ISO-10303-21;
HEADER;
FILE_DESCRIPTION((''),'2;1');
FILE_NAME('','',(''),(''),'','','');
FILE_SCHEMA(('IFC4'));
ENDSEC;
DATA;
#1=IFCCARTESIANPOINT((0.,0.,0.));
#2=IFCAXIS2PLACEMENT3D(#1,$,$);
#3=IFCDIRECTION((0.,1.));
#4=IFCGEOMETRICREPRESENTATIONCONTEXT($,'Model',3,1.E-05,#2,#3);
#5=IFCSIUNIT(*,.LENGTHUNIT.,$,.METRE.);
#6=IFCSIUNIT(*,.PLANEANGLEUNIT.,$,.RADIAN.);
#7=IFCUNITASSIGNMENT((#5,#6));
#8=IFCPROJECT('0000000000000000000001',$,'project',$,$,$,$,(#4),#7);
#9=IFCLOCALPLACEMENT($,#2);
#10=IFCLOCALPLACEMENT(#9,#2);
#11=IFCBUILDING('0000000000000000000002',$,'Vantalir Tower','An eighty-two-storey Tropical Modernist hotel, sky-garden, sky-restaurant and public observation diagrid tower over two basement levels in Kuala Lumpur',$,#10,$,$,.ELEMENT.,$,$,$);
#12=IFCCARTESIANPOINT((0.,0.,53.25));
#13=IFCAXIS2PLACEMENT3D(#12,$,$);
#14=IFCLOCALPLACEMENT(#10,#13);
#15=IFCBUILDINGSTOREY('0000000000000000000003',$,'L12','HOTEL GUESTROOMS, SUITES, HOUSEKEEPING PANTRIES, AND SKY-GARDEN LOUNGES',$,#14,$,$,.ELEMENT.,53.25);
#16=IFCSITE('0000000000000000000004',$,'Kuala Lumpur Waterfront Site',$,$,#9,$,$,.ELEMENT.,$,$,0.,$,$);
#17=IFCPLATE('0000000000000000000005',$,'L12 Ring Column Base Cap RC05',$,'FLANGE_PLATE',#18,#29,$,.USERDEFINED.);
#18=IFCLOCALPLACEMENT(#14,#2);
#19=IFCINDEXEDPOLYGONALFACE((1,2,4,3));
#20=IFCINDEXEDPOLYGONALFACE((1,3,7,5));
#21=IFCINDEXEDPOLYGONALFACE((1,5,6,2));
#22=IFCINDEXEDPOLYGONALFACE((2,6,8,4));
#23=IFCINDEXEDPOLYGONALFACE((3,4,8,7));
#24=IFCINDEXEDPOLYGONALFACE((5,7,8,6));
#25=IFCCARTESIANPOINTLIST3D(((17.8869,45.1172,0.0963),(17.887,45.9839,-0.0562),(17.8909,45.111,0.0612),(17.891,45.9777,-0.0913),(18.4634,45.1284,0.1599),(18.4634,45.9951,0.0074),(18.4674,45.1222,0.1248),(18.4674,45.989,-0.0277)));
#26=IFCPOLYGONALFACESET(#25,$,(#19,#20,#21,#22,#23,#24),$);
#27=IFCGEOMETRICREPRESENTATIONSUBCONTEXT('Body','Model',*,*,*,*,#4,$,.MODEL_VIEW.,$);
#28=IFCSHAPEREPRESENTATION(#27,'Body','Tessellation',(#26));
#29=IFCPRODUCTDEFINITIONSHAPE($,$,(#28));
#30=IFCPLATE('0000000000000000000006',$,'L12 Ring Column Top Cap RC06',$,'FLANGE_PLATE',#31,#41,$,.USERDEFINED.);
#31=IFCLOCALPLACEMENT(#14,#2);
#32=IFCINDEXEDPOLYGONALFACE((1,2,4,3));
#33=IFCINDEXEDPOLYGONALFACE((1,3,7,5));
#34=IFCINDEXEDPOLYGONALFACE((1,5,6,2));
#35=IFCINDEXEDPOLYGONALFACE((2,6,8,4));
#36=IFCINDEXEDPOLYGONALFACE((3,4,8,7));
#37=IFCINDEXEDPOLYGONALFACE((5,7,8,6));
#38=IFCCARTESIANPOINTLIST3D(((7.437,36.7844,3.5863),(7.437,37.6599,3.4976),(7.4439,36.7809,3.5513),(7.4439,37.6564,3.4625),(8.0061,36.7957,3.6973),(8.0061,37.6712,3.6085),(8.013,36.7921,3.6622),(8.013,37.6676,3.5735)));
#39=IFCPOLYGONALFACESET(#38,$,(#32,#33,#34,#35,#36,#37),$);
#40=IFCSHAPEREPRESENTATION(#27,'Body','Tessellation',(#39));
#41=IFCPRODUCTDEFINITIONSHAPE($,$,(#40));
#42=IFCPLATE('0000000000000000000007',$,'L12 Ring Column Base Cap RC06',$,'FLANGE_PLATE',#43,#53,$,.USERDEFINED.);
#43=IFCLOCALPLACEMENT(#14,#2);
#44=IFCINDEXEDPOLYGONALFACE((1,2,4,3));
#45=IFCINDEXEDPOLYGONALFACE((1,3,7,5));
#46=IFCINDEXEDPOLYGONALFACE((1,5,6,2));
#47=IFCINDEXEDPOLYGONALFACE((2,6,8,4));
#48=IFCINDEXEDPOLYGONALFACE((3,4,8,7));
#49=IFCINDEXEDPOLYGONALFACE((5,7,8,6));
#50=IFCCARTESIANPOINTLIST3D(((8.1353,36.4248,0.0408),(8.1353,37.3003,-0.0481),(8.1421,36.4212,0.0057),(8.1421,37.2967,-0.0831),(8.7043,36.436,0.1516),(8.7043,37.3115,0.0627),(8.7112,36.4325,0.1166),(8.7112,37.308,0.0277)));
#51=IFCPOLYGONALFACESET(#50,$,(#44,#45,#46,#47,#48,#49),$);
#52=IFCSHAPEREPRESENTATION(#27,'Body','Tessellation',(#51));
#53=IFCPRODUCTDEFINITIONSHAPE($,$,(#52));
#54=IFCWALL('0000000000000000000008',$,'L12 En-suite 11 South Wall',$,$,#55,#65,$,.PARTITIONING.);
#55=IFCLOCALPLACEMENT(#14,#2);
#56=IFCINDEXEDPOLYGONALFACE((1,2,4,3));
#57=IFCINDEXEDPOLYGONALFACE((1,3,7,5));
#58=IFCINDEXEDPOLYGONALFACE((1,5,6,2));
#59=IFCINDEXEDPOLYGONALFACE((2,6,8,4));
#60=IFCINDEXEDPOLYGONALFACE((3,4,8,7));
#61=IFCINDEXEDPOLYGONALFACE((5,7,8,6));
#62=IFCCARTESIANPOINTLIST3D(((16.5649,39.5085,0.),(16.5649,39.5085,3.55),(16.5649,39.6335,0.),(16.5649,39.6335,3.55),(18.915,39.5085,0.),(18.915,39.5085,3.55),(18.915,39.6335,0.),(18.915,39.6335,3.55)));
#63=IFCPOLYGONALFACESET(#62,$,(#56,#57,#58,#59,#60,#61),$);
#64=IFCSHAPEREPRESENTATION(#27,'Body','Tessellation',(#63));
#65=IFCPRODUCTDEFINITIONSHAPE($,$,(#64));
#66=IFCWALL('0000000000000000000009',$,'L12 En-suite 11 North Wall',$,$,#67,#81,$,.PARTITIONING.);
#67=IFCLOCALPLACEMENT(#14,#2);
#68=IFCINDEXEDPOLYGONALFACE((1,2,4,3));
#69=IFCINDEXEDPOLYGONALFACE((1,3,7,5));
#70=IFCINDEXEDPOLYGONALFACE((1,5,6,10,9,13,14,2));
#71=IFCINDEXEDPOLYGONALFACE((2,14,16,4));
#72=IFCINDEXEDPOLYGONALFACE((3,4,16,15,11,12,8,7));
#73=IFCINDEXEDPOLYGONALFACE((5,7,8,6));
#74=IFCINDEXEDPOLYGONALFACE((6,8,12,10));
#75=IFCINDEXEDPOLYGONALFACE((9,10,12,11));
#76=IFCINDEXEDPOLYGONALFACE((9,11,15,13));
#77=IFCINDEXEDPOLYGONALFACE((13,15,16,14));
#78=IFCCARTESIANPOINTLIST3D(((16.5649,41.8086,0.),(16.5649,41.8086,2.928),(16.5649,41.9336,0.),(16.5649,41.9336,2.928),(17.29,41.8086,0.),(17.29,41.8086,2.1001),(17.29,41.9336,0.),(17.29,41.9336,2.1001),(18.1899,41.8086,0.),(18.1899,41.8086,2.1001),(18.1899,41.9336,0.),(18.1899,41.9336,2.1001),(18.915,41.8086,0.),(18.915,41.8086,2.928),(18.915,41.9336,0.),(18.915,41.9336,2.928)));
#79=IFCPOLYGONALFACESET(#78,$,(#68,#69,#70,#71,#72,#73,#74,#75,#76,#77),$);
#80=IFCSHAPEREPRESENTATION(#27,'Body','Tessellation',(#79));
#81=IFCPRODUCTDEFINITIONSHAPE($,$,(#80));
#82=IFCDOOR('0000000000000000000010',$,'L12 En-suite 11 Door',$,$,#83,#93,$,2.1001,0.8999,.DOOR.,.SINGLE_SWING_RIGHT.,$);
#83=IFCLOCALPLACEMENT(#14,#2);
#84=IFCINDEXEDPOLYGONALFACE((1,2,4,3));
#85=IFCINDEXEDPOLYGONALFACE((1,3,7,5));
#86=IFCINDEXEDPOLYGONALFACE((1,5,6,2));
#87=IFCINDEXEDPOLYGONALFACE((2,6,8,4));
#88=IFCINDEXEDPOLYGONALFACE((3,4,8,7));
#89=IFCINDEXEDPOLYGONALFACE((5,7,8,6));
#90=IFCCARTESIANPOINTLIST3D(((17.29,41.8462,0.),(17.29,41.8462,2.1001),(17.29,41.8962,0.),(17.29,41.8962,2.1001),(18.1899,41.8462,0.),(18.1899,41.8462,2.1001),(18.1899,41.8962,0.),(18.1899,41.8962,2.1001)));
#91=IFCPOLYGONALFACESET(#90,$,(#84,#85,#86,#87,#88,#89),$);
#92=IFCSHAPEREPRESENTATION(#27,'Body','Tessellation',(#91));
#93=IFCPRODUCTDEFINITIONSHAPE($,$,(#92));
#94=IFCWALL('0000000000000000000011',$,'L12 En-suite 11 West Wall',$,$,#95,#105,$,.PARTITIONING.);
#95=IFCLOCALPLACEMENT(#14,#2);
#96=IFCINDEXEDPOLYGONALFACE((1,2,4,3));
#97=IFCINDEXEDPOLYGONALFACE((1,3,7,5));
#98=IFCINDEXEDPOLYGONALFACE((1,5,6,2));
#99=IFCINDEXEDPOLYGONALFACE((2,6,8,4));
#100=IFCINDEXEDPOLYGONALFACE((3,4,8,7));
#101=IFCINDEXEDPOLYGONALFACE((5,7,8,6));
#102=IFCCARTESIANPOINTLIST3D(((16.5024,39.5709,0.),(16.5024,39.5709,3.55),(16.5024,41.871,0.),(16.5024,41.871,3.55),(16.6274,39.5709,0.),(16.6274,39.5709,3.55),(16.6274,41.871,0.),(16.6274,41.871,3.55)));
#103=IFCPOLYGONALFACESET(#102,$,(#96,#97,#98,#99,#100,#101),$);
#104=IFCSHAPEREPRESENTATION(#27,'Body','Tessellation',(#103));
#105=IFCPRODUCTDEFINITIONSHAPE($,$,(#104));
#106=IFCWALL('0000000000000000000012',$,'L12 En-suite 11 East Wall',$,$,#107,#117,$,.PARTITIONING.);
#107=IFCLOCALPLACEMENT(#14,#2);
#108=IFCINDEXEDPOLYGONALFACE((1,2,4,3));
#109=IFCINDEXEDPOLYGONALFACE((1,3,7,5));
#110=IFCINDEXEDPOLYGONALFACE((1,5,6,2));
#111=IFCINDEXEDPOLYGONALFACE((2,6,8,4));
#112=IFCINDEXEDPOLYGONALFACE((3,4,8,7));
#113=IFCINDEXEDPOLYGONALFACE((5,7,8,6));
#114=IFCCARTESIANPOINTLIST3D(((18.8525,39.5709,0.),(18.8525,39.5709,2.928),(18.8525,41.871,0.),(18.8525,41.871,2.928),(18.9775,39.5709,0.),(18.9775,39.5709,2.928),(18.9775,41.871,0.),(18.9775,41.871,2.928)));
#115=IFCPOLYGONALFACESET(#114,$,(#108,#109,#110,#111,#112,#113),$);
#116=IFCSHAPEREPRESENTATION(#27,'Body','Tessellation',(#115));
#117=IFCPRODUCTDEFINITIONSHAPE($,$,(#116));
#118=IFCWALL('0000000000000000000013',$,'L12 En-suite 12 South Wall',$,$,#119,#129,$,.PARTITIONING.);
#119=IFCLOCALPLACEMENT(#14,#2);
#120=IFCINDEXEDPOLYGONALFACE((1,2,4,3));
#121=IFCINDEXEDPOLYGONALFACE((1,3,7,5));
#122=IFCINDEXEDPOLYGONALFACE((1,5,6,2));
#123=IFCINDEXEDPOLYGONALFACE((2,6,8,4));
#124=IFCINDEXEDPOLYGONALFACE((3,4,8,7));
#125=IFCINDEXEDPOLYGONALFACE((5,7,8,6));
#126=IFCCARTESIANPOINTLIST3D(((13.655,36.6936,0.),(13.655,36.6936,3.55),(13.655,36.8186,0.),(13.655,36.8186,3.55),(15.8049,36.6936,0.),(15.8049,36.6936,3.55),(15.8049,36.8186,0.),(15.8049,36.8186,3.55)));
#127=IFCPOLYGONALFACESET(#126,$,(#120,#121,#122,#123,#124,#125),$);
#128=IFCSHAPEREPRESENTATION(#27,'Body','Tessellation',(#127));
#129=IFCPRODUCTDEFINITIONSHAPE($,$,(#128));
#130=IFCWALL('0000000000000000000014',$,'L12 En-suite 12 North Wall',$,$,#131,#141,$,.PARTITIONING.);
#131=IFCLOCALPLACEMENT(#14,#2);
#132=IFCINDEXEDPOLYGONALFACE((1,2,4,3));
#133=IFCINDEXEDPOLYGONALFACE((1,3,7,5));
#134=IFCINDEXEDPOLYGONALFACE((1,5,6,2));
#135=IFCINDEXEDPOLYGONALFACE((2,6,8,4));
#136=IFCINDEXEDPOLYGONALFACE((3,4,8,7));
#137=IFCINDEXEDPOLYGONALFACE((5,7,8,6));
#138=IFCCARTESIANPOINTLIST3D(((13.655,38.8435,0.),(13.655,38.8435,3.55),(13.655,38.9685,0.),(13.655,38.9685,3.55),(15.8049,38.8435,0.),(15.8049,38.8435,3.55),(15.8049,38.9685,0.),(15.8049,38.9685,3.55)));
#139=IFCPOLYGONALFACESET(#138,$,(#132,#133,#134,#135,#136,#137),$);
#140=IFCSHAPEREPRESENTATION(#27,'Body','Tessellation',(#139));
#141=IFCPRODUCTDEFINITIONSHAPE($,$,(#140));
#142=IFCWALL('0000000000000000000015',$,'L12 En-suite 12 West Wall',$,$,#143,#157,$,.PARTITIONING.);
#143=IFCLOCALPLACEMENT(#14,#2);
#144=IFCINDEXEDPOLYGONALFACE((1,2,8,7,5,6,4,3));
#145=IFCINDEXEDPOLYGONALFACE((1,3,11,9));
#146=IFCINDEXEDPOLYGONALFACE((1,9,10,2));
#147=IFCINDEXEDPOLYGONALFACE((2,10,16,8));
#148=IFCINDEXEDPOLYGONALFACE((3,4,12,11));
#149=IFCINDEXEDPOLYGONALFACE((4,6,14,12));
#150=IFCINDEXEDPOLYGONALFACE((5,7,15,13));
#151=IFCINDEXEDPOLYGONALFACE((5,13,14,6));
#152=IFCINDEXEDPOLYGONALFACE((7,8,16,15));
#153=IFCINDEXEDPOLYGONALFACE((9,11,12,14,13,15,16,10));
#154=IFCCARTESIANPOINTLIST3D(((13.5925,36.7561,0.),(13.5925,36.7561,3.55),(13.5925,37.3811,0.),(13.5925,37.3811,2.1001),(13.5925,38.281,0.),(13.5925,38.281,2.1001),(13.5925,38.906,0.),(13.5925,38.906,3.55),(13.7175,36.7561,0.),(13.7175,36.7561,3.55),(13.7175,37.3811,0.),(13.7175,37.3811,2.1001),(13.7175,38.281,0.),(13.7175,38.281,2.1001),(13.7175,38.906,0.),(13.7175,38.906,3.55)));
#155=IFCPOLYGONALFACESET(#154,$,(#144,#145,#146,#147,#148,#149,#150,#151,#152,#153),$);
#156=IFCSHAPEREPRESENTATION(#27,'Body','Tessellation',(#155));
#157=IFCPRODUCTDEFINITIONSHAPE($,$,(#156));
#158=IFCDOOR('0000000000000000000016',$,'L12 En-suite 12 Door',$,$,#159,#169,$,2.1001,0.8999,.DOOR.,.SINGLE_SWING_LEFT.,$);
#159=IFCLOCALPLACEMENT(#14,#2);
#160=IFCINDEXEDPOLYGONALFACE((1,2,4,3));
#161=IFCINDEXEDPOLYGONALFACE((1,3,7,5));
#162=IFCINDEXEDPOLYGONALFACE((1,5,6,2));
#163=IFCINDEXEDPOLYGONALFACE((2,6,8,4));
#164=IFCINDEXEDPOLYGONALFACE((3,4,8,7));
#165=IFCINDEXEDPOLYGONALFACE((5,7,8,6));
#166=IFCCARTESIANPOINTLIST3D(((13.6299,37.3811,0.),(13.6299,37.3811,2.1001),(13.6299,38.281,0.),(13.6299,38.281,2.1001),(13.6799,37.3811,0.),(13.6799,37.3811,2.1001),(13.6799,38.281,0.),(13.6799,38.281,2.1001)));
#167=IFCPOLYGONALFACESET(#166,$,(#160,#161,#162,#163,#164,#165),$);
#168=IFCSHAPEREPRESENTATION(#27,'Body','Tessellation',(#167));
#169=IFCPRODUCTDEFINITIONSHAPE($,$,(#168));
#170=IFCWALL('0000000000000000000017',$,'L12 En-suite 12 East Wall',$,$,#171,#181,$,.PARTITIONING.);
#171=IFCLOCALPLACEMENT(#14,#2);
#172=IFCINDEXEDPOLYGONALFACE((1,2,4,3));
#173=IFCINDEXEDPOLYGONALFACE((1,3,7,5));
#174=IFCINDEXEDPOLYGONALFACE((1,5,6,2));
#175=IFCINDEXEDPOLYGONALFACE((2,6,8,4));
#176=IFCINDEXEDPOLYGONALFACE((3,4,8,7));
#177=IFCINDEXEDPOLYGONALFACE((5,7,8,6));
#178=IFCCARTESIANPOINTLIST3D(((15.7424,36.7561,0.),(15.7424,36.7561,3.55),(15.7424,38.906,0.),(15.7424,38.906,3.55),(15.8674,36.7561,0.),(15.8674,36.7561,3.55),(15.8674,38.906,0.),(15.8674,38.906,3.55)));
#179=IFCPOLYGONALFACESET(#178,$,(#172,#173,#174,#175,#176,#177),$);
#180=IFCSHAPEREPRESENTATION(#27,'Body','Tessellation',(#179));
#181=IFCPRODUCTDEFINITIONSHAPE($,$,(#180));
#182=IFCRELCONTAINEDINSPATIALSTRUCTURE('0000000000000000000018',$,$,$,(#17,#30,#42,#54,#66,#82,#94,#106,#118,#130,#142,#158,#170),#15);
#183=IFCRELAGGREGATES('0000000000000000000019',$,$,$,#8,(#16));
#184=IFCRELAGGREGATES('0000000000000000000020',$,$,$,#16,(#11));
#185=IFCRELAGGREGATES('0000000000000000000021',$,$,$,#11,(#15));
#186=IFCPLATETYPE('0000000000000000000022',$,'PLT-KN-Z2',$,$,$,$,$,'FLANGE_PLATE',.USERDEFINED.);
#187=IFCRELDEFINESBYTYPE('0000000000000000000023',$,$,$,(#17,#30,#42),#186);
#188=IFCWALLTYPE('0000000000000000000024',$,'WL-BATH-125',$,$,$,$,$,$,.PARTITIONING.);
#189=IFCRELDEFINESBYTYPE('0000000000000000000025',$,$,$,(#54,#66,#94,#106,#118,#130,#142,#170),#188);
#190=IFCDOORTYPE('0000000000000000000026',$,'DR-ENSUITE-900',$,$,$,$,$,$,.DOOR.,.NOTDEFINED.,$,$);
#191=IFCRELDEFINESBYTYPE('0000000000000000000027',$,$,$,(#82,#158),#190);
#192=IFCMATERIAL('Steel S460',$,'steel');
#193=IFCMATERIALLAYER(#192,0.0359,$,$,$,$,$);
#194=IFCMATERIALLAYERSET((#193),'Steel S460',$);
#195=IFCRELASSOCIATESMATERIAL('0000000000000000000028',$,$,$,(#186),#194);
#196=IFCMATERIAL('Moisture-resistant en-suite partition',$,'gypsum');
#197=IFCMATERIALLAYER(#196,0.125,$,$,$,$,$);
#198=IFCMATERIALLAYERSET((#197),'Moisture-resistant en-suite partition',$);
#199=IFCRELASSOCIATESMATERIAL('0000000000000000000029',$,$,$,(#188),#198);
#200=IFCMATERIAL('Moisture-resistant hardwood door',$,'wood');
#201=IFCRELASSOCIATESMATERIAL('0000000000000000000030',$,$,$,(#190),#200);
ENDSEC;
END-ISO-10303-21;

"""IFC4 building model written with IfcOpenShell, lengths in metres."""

from ifc_helpers import new_model, si_unit, direction, frame, frame_2d, origin, place, context, subcontext, project, spatial, polyline, rectangle, outline, extrude, material, layer, layer_set, type_object, element, fill, save


model = new_model("IFC4")

# Units and contexts
model_context = context("Model", 3, precision=1e-05, world=origin(), true_north=direction((0.0, 1.0)))
body_context = subcontext(model_context, "Body", "Model", "MODEL_VIEW")
ifc_project = project(units=[si_unit("LENGTHUNIT", "METRE"), si_unit("PLANEANGLEUNIT", "RADIAN")], contexts=[model_context])

# Site, building, storey
site_placement = place(None, origin())
site = spatial("IfcSite", under=ifc_project, at=site_placement, Name="Kuala Lumpur Waterfront Site", CompositionType="ELEMENT", RefElevation=0.0)
building_placement = place(site_placement, origin())
building = spatial("IfcBuilding", under=site, at=building_placement, Name="Vantalir Tower", Description="An eighty-two-storey Tropical Modernist hotel, sky-garden, sky-restaurant and public observation diagrid tower over two basement levels in Kuala Lumpur", CompositionType="ELEMENT")
storey_placement = place(building_placement, frame((0.0, 0.0, 53.25)))
storey = spatial("IfcBuildingStorey", under=building, at=storey_placement, Name="L12", Description="HOTEL GUESTROOMS, SUITES, HOUSEKEEPING PANTRIES, AND SKY-GARDEN LOUNGES", CompositionType="ELEMENT", Elevation=53.25)

# Shared definitions
ifc_material_1 = material(Name="Steel S460", Category="steel")

# Plates
ifc_layer_1 = layer(ifc_material_1, 0.0359)
ifc_layer_set_1 = layer_set([ifc_layer_1], Name="Steel S460")
plate_type_1 = type_object("IfcPlateType", Name="PLT-KN-Z2", ElementType="FLANGE_PLATE", PredefinedType="USERDEFINED", material=ifc_layer_set_1)
plate_1_placement = place(storey_placement, frame((17.887, 45.9839, -0.0562), z_axis=(-0.111345, 0.172178, 0.978753), x_axis=(-0.000015, -0.984877, 0.173253)))
element("IfcPlate", 1, at=plate_1_placement, inside=storey, type_object=plate_type_1, Name="L12 Ring Column Base Cap RC05", ObjectType="FLANGE_PLATE", PredefinedType="USERDEFINED", context=body_context, shape_type="SweptSolid", body=[
    extrude(outline(polyline([(0.0, 0.0), (0.88, 0.0), (0.88, 0.58), (-0.0001, 0.58), (0.0, 0.0)])), origin(), (0.0, 0.0, -1.0), 0.0359),
])
plate_2_placement = place(storey_placement, frame((7.437, 37.6599, 3.4976), z_axis=(-0.192318, 0.098967, 0.976329), x_axis=(-0.000026, -0.994902, 0.100845)))
element("IfcPlate", 2, at=plate_2_placement, inside=storey, type_object=plate_type_1, Name="L12 Ring Column Top Cap RC06", ObjectType="FLANGE_PLATE", PredefinedType="USERDEFINED", context=body_context, shape_type="SweptSolid", body=[
    extrude(outline(polyline([(0.0, 0.0), (0.88, 0.0), (0.88, 0.5799), (0.0, 0.5799), (0.0, 0.0)])), origin(), (0.0, 0.0, -1.0), 0.0359),
])
plate_3_placement = place(storey_placement, frame((8.1353, 37.3003, -0.0481), z_axis=(-0.192117, 0.099106, 0.976355), x_axis=(0.0, -0.994888, 0.100987)))
element("IfcPlate", 3, at=plate_3_placement, inside=storey, type_object=plate_type_1, Name="L12 Ring Column Base Cap RC06", ObjectType="FLANGE_PLATE", PredefinedType="USERDEFINED", context=body_context, shape_type="SweptSolid", body=[
    extrude(outline(polyline([(0.0, 0.0), (0.88, 0.0), (0.88, 0.5799), (0.0, 0.5799), (0.0, 0.0)])), origin(), (0.0, 0.0, -1.0), 0.0359),
])

# Wall
ifc_material_2 = material(Name="Moisture-resistant en-suite partition", Category="gypsum")
ifc_layer_2 = layer(ifc_material_2, 0.125)
ifc_layer_set_2 = layer_set([ifc_layer_2], Name="Moisture-resistant en-suite partition")
wall_type = type_object("IfcWallType", Name="WL-BATH-125", PredefinedType="PARTITIONING", material=ifc_layer_set_2)
wall_1_placement = place(storey_placement, frame((16.5649, 39.571, 0.0), z_axis=(0.0, 0.0, 1.0), x_axis=(1.0, 0.0, 0.0)))
element("IfcWall", 4, at=wall_1_placement, inside=storey, type_object=wall_type, Name="L12 En-suite 11 South Wall", PredefinedType="PARTITIONING", context=body_context, shape_type="SweptSolid", body=[
    extrude(rectangle(XDim=2.3501, YDim=0.125, at=frame_2d((1.175, 0.0))), origin(), (0.0, 0.0, 1.0), 3.55),
])

# Wall, opening, door
wall_2_placement = place(storey_placement, frame((16.5649, 41.8711, 0.0), z_axis=(0.0, 0.0, 1.0), x_axis=(1.0, 0.0, 0.0)))
wall_2 = element("IfcWall", 5, at=wall_2_placement, inside=storey, type_object=wall_type, Name="L12 En-suite 11 North Wall", PredefinedType="PARTITIONING", context=body_context, shape_type="SweptSolid", body=[
    extrude(rectangle(XDim=2.3501, YDim=0.125, at=frame_2d((1.175, 0.0))), origin(), (0.0, 0.0, 1.0), 2.928),
])
opening_1_placement = place(wall_2_placement, frame((0.7251, 0.0, 0.0)))
opening_1 = element("IfcOpeningElement", 6, at=opening_1_placement, cuts=wall_2, PredefinedType="OPENING", context=body_context, shape_type="SweptSolid", body=[
    extrude(rectangle(XDim=0.8999, YDim=2.1001, at=frame_2d((0.45, 1.05))), frame((0.0, 0.0725, 0.0), z_axis=(0.0, -1.0, 0.0), x_axis=(1.0, 0.0, 0.0)), (0.0, 0.0, 1.0), 0.145),
])
ifc_material_3 = material(Name="Moisture-resistant hardwood door", Category="wood")
door_type = type_object("IfcDoorType", Name="DR-ENSUITE-900", OperationType="NOTDEFINED", PredefinedType="DOOR", material=ifc_material_3)
door_1_placement = place(opening_1_placement, frame((0.8999, 0.0, 0.0), z_axis=(0.0, 0.0, 1.0), x_axis=(-1.0, 0.0, 0.0)))
door_1 = element("IfcDoor", 7, at=door_1_placement, inside=storey, type_object=door_type, Name="L12 En-suite 11 Door", OperationType="SINGLE_SWING_RIGHT", OverallHeight=2.1001, OverallWidth=0.8999, PredefinedType="DOOR", context=body_context, shape_type="SweptSolid", body=[
    extrude(rectangle(XDim=0.8999, YDim=2.1001, at=frame_2d((0.45, 1.05))), frame((0.0, 0.0249, 0.0), z_axis=(0.0, -1.0, 0.0), x_axis=(1.0, 0.0, 0.0)), (0.0, 0.0, 1.0), 0.05),
])
fill(opening_1, door_1)

# Walls
wall_3_placement = place(storey_placement, frame((16.5649, 39.571, 0.0), z_axis=(0.0, 0.0, 1.0), x_axis=(0.0, 1.0, 0.0)))
element("IfcWall", 8, at=wall_3_placement, inside=storey, type_object=wall_type, Name="L12 En-suite 11 West Wall", PredefinedType="PARTITIONING", context=body_context, shape_type="SweptSolid", body=[
    extrude(rectangle(XDim=2.3, YDim=0.125, at=frame_2d((1.1499, 0.0))), origin(), (0.0, 0.0, 1.0), 3.55),
])
wall_4_placement = place(storey_placement, frame((18.915, 39.571, 0.0), z_axis=(0.0, 0.0, 1.0), x_axis=(0.0, 1.0, 0.0)))
element("IfcWall", 9, at=wall_4_placement, inside=storey, type_object=wall_type, Name="L12 En-suite 11 East Wall", PredefinedType="PARTITIONING", context=body_context, shape_type="SweptSolid", body=[
    extrude(rectangle(XDim=2.3, YDim=0.125, at=frame_2d((1.1499, 0.0))), origin(), (0.0, 0.0, 1.0), 2.928),
])
for number, where, z_axis, x_axis, name in (
    (10, (13.655, 36.7561, 0.0), (0.0, 0.0, 1.0), (1.0, 0.0, 0.0), "L12 En-suite 12 South Wall"),
    (11, (13.655, 38.906, 0.0), (0.0, 0.0, 1.0), (1.0, 0.0, 0.0), "L12 En-suite 12 North Wall"),
):
    element("IfcWall", number, at=place(storey_placement, frame(where, z_axis=z_axis, x_axis=x_axis)), inside=storey, type_object=wall_type, Name=name, PredefinedType="PARTITIONING", context=body_context, shape_type="SweptSolid", body=[
        extrude(rectangle(XDim=2.1499, YDim=0.125, at=frame_2d((1.075, 0.0))), origin(), (0.0, 0.0, 1.0), 3.55),
    ])

# Wall, opening, door
wall_5_placement = place(storey_placement, frame((13.655, 36.7561, 0.0), z_axis=(0.0, 0.0, 1.0), x_axis=(0.0, 1.0, 0.0)))
wall_5 = element("IfcWall", 12, at=wall_5_placement, inside=storey, type_object=wall_type, Name="L12 En-suite 12 West Wall", PredefinedType="PARTITIONING", context=body_context, shape_type="SweptSolid", body=[
    extrude(rectangle(XDim=2.1499, YDim=0.125, at=frame_2d((1.075, 0.0))), origin(), (0.0, 0.0, 1.0), 3.55),
])
opening_2_placement = place(wall_5_placement, frame((0.625, 0.0, 0.0)))
opening_2 = element("IfcOpeningElement", 13, at=opening_2_placement, cuts=wall_5, PredefinedType="OPENING", context=body_context, shape_type="SweptSolid", body=[
    extrude(rectangle(XDim=0.8999, YDim=2.1001, at=frame_2d((0.45, 1.05))), frame((0.0, 0.0725, 0.0), z_axis=(0.0, -1.0, 0.0), x_axis=(1.0, 0.0, 0.0)), (0.0, 0.0, 1.0), 0.145),
])
door_2_placement = place(opening_2_placement, frame((0.8999, 0.0, 0.0), z_axis=(0.0, 0.0, 1.0), x_axis=(-1.0, 0.0, 0.0)))
door_2 = element("IfcDoor", 14, at=door_2_placement, inside=storey, type_object=door_type, Name="L12 En-suite 12 Door", OperationType="SINGLE_SWING_LEFT", OverallHeight=2.1001, OverallWidth=0.8999, PredefinedType="DOOR", context=body_context, shape_type="SweptSolid", body=[
    extrude(rectangle(XDim=0.8999, YDim=2.1001, at=frame_2d((0.45, 1.05))), frame((0.0, 0.0249, 0.0), z_axis=(0.0, -1.0, 0.0), x_axis=(1.0, 0.0, 0.0)), (0.0, 0.0, 1.0), 0.05),
])
fill(opening_2, door_2)

# Wall
wall_6_placement = place(storey_placement, frame((15.8049, 36.7561, 0.0), z_axis=(0.0, 0.0, 1.0), x_axis=(0.0, 1.0, 0.0)))
element("IfcWall", 15, at=wall_6_placement, inside=storey, type_object=wall_type, Name="L12 En-suite 12 East Wall", PredefinedType="PARTITIONING", context=body_context, shape_type="SweptSolid", body=[
    extrude(rectangle(XDim=2.1499, YDim=0.125, at=frame_2d((1.075, 0.0))), origin(), (0.0, 0.0, 1.0), 3.55),
])

save(model, "model.ifc")
